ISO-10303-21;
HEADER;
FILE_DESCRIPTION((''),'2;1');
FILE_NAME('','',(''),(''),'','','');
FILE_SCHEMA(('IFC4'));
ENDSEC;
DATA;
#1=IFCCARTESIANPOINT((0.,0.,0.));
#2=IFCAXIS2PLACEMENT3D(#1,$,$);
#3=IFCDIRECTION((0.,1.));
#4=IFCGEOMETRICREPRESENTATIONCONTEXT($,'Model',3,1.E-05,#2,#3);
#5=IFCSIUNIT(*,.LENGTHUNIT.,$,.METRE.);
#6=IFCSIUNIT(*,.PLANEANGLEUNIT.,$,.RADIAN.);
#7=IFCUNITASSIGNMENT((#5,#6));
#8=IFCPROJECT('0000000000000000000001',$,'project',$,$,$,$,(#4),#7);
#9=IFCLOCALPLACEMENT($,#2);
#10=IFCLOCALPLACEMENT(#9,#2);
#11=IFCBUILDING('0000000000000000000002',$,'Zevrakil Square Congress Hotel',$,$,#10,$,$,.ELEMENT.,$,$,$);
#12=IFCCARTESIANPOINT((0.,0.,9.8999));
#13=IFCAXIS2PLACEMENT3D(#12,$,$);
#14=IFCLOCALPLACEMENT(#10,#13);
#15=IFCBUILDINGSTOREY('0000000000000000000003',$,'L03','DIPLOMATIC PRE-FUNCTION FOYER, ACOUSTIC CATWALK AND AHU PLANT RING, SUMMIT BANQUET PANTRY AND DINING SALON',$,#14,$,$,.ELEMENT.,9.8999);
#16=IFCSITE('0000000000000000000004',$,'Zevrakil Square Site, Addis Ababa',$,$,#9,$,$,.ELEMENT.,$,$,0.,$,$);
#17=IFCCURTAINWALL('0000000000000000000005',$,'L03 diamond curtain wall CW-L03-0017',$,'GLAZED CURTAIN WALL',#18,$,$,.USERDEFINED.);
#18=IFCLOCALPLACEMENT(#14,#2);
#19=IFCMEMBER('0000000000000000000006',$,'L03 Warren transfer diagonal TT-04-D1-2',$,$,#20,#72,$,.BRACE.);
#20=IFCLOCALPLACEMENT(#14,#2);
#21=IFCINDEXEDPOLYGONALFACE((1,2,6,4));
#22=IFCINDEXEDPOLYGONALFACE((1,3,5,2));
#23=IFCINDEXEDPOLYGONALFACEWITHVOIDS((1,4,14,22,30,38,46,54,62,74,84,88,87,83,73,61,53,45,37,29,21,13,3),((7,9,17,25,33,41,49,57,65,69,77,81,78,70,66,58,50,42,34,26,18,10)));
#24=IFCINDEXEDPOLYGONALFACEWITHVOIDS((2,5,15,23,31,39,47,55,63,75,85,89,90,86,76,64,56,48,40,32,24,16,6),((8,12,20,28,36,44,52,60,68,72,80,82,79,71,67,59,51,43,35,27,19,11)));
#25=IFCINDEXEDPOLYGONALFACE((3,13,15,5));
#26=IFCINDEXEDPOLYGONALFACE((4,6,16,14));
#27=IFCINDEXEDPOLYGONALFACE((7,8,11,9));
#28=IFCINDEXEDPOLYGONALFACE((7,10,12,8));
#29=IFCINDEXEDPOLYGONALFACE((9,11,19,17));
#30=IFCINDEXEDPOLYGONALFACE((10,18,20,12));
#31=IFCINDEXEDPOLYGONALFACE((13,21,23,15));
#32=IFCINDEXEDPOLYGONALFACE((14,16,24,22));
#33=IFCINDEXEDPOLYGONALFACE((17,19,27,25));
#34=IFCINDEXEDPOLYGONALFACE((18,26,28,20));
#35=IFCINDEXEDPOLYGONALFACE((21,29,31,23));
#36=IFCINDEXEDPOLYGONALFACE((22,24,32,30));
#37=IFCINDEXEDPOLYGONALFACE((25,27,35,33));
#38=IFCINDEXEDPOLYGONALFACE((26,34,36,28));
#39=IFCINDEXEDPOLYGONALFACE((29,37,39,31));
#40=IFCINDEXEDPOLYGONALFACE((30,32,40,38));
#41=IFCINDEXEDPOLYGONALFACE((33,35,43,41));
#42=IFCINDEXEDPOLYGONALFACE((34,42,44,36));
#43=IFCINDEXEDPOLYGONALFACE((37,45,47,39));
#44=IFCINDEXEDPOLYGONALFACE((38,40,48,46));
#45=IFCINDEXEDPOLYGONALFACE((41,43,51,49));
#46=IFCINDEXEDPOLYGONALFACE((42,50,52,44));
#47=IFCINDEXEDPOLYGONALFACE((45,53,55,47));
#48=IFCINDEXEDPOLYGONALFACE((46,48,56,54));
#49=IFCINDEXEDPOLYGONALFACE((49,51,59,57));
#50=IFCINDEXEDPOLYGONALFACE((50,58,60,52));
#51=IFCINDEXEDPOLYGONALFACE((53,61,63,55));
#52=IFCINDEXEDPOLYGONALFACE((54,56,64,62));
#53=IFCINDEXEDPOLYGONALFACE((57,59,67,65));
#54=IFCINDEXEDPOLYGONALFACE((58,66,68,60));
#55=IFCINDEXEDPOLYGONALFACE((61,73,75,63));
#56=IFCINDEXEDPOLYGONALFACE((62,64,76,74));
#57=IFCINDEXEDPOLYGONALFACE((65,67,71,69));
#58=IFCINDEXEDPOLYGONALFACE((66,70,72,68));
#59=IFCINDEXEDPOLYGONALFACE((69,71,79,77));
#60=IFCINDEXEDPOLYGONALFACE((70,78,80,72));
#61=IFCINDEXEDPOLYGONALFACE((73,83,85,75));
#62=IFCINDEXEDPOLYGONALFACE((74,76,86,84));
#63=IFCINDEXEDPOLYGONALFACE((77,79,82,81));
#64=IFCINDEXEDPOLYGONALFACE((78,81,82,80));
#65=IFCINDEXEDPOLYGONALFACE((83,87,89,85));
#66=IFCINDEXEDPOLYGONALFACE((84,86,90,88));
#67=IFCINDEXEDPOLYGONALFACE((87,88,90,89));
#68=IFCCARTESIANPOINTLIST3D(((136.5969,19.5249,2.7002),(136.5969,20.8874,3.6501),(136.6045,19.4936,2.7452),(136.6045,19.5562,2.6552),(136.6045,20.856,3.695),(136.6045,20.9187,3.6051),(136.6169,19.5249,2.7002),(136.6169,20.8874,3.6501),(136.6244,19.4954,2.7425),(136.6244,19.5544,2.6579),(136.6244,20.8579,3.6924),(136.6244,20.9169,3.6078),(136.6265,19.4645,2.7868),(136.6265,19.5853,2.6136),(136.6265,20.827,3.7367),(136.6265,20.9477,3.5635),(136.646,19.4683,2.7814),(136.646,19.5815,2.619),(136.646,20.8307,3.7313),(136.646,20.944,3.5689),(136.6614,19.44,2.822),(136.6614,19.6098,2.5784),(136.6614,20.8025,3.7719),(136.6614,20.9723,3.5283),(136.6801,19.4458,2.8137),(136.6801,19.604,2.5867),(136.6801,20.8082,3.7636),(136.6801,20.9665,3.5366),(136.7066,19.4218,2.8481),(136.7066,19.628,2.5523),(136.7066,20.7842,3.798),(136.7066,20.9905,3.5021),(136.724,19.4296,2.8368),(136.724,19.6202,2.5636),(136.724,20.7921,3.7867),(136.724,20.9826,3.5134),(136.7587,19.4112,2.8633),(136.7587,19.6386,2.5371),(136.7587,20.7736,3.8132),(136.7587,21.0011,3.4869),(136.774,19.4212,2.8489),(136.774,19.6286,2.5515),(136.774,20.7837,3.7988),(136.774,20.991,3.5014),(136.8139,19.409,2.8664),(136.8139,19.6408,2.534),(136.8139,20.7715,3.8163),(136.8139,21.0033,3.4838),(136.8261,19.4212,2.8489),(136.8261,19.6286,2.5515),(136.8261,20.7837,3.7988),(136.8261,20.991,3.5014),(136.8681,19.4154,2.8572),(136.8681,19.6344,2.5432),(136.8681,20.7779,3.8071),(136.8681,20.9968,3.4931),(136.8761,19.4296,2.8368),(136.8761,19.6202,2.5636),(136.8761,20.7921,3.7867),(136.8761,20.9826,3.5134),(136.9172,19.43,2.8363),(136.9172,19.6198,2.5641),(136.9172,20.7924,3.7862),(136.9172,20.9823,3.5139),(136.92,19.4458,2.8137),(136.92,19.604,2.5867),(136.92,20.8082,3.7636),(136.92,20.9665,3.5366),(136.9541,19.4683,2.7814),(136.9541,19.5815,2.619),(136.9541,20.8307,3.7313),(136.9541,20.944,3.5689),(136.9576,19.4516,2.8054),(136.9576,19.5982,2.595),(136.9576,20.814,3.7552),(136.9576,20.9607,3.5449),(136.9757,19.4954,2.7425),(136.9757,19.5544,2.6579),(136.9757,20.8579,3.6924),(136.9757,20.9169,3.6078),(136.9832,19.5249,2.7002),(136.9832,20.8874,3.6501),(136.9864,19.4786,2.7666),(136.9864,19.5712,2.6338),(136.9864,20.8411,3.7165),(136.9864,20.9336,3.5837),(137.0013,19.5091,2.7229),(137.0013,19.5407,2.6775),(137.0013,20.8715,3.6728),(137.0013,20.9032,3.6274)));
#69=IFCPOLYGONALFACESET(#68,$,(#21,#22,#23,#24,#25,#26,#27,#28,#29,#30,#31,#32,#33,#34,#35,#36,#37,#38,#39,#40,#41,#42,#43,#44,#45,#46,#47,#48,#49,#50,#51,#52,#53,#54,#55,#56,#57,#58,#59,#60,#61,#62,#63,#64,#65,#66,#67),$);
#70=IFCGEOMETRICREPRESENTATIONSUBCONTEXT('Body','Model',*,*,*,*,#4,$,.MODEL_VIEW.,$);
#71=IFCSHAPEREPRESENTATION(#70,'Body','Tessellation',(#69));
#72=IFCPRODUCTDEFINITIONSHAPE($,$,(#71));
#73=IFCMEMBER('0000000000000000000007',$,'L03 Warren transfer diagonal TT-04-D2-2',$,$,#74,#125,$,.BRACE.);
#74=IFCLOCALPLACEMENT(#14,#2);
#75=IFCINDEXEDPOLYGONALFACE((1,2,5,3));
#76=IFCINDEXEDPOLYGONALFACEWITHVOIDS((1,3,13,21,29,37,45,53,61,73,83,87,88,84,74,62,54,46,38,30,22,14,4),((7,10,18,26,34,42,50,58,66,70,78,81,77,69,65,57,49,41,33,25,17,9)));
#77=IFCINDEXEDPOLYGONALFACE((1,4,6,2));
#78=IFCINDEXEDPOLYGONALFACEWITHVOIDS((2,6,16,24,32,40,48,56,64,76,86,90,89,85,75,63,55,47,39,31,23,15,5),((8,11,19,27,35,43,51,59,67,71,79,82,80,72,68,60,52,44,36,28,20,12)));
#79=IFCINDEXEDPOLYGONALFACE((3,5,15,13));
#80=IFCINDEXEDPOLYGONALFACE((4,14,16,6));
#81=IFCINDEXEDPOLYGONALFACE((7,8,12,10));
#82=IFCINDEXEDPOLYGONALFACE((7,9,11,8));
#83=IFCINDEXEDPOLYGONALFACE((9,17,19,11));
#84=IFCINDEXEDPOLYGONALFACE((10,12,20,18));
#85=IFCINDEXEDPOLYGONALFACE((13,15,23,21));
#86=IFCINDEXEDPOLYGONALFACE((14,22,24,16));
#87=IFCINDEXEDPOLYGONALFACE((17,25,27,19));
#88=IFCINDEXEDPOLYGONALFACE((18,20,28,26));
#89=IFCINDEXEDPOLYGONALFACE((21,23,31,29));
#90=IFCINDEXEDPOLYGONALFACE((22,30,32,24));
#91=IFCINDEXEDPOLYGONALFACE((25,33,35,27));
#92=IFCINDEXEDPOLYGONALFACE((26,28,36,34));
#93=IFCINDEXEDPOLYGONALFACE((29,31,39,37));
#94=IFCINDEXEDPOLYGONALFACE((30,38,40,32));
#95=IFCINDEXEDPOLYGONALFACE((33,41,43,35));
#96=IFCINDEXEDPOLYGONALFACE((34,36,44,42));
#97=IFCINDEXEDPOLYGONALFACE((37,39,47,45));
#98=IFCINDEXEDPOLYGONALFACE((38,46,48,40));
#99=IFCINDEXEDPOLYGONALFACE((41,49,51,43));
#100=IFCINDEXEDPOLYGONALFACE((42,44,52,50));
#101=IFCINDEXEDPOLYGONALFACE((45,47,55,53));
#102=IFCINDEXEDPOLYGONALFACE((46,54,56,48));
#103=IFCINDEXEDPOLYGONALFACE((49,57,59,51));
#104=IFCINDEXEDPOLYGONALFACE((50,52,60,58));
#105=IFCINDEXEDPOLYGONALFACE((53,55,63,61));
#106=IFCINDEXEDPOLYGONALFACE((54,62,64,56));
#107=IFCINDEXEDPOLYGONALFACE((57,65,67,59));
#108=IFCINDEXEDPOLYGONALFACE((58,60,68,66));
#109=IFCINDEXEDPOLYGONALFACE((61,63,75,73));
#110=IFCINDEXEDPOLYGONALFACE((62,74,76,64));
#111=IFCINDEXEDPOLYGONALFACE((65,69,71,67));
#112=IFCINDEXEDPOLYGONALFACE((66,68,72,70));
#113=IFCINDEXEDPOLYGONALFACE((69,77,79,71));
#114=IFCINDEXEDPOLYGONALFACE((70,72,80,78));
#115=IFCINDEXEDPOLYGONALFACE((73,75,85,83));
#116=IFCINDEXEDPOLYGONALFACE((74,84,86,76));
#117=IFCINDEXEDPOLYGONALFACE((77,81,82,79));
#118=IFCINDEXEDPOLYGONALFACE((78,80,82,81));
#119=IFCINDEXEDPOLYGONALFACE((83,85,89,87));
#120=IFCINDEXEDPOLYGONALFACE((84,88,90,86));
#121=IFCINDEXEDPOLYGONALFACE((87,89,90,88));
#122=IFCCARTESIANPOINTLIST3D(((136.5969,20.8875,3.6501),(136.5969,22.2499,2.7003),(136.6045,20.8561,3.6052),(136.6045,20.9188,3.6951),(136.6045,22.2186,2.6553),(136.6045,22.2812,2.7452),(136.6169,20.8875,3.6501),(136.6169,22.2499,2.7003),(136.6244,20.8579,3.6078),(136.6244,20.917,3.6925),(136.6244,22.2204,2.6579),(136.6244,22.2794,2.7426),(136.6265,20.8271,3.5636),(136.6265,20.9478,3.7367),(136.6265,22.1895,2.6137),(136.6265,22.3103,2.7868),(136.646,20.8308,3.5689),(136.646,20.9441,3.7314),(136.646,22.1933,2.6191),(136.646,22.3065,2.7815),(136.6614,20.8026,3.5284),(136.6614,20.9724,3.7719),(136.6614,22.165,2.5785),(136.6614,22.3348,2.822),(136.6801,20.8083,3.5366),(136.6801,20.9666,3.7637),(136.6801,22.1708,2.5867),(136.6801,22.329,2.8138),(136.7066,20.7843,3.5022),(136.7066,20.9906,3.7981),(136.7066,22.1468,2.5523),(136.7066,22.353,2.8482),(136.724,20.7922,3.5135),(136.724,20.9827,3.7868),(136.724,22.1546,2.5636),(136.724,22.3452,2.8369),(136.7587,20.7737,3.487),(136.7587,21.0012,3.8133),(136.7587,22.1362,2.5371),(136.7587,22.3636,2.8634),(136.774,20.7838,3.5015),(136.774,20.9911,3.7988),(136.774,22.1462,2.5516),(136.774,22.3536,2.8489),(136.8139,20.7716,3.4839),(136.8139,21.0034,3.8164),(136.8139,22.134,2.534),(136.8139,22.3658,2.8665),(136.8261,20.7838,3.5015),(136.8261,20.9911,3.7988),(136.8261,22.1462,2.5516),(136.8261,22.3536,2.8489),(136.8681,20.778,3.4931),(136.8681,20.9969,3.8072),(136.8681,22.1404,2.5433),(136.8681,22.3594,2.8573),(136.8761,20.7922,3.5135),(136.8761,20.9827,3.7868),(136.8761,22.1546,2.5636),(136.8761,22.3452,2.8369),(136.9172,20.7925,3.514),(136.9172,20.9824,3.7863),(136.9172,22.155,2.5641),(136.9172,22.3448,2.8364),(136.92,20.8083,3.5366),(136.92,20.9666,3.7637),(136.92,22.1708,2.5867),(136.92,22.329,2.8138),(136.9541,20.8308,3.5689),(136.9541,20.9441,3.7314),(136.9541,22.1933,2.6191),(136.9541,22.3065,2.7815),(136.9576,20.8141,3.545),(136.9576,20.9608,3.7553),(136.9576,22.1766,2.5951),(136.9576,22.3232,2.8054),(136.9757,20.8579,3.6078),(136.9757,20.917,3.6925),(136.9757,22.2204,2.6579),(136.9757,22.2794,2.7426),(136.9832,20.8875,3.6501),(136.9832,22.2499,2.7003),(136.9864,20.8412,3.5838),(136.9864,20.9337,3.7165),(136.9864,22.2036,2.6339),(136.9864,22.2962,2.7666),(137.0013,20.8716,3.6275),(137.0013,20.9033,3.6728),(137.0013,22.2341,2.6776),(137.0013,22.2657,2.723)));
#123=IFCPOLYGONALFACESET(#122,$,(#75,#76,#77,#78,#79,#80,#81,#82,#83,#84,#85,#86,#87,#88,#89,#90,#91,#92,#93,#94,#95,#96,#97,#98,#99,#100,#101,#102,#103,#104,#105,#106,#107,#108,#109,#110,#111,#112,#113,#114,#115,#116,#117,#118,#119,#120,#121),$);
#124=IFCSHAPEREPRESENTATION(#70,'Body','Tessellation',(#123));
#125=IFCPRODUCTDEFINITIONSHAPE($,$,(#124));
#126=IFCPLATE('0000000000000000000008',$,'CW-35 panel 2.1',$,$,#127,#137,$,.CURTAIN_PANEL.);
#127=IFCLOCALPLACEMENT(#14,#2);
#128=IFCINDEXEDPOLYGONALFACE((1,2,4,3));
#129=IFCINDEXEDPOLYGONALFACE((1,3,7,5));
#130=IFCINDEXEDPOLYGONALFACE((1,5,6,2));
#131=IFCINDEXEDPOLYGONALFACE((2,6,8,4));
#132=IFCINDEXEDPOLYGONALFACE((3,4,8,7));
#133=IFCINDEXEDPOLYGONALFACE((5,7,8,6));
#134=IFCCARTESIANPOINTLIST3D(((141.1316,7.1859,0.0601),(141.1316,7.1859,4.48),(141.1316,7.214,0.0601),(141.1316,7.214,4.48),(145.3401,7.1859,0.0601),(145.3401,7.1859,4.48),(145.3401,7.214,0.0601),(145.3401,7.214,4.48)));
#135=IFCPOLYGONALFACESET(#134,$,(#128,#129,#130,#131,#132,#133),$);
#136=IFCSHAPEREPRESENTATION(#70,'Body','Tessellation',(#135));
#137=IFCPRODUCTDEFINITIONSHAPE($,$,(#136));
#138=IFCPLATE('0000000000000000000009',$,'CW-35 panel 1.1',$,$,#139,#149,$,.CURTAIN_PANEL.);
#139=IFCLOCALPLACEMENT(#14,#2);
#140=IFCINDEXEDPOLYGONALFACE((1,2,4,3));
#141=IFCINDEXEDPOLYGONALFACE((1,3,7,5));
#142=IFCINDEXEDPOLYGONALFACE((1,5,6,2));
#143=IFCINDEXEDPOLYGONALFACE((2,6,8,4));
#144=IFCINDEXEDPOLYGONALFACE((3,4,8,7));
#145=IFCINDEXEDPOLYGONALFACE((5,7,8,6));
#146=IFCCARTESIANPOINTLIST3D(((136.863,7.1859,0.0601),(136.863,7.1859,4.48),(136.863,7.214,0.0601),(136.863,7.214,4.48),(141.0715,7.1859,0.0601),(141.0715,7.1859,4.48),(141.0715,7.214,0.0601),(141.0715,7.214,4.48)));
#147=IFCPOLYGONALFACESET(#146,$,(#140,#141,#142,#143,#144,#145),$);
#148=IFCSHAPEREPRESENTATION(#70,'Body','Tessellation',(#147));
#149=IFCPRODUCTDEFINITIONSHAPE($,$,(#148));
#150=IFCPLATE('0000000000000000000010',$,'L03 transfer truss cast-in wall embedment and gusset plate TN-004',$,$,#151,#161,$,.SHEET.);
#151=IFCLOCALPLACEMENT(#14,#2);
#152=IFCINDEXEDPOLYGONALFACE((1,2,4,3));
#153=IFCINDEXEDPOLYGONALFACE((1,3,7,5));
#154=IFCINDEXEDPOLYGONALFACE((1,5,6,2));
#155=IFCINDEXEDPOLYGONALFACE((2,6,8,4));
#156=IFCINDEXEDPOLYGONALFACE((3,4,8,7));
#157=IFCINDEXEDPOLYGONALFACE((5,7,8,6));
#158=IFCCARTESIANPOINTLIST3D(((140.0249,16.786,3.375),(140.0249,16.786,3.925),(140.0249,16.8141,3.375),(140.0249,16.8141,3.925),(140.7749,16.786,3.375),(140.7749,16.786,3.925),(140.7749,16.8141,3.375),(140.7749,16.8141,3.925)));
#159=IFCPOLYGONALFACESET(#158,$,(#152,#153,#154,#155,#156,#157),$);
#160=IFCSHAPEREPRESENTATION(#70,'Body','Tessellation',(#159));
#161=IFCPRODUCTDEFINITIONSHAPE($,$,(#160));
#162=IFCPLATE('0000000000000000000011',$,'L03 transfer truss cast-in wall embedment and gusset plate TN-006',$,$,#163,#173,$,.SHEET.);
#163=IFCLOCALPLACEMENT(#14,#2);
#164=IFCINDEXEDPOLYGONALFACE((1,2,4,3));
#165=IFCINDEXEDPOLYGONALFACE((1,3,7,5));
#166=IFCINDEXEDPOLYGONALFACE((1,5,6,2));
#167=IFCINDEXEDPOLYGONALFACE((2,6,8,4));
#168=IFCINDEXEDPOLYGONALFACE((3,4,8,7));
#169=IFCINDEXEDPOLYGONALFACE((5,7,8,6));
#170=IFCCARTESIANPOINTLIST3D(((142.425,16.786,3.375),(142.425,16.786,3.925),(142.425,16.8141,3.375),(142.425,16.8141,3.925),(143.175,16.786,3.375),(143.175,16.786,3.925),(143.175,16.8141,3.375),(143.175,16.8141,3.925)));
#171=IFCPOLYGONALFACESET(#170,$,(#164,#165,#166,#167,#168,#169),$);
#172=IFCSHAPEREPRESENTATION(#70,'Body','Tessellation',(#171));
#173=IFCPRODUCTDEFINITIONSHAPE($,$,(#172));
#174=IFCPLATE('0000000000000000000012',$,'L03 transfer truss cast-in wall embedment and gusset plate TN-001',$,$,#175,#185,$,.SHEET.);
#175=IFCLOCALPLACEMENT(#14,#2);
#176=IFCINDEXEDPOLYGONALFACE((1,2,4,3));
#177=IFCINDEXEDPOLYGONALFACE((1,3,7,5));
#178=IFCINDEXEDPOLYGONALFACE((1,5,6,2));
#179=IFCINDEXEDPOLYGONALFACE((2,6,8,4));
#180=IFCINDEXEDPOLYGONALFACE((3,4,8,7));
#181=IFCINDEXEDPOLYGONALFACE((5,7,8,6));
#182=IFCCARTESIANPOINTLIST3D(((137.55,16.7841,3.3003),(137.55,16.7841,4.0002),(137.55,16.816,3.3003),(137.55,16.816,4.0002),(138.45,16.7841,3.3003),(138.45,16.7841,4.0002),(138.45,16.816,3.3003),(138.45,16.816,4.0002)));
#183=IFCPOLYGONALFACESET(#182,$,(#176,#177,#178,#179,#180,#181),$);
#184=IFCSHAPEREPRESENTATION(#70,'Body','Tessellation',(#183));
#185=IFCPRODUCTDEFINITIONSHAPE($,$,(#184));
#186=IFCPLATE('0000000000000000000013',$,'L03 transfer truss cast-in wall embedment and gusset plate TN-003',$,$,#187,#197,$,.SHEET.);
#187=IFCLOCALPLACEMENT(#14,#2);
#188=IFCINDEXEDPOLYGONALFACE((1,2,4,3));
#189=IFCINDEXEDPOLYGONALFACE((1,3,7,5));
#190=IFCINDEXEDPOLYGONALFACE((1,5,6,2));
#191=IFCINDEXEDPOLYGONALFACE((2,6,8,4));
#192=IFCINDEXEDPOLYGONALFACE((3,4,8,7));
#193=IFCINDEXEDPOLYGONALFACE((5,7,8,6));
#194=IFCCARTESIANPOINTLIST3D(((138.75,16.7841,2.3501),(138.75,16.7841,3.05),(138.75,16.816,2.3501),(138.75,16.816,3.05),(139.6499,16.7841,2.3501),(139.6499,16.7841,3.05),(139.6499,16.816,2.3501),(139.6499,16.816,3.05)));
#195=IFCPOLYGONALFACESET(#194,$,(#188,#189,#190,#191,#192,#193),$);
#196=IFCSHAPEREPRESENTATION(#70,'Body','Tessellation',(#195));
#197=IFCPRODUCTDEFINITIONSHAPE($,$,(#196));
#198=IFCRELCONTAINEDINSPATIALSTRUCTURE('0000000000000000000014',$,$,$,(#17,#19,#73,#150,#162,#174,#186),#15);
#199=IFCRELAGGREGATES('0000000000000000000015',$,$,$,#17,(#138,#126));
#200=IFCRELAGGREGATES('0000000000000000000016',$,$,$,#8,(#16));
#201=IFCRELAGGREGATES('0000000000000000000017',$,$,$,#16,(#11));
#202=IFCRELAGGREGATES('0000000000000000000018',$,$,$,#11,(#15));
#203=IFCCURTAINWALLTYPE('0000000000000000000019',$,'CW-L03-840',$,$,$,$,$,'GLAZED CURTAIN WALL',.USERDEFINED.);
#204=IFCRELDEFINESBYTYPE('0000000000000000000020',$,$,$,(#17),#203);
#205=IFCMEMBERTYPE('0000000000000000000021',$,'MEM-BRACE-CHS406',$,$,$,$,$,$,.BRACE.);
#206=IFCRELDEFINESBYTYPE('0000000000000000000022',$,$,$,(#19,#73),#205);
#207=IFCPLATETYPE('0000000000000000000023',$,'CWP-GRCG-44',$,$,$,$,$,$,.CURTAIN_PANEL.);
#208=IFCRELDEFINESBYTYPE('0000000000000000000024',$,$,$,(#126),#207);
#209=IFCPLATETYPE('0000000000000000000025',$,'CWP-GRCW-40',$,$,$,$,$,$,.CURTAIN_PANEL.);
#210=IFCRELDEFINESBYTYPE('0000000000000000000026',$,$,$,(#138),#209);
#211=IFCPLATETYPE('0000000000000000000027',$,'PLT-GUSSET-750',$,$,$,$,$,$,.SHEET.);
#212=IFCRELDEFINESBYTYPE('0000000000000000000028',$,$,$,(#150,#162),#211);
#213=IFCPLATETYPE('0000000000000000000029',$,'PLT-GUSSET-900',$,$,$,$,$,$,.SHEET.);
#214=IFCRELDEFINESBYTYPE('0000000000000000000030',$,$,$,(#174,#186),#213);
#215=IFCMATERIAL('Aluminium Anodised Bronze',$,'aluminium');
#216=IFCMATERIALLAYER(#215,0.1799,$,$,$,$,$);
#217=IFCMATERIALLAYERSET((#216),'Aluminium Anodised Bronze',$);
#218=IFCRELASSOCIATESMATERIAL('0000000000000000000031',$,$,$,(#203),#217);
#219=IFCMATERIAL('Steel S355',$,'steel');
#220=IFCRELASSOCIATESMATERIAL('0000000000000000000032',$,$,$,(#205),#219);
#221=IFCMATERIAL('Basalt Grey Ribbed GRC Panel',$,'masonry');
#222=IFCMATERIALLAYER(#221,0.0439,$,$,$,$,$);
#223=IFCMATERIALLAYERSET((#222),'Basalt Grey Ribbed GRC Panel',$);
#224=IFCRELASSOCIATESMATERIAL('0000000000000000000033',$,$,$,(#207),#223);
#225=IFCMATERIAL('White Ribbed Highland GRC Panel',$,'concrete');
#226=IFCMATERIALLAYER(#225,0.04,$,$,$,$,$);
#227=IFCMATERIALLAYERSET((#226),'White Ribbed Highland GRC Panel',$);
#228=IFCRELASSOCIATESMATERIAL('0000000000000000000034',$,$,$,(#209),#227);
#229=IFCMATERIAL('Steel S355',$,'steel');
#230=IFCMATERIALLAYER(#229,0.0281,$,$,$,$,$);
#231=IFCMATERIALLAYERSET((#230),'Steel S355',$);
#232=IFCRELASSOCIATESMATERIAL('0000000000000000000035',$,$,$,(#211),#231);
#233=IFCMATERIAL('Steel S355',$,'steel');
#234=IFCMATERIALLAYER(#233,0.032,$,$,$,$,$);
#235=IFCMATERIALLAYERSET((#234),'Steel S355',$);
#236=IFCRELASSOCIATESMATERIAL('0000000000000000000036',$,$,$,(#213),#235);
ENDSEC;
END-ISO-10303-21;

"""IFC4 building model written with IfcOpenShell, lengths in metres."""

from ifc_helpers import new_model, si_unit, direction, frame, origin, origin_2d, place, context, subcontext, project, spatial, rectangle, hollow_circle, extrude, material, layer, layer_set, material_profile, profile_set, type_object, element, aggregate, save


model = new_model("IFC4")

# Units and contexts
model_context = context("Model", 3, precision=1e-05, world=origin(), true_north=direction((0.0, 1.0)))
body_context = subcontext(model_context, "Body", "Model", "MODEL_VIEW")
ifc_project = project(units=[si_unit("LENGTHUNIT", "METRE"), si_unit("PLANEANGLEUNIT", "RADIAN")], contexts=[model_context])

# Site, building, storey
site_placement = place(None, origin())
site = spatial("IfcSite", under=ifc_project, at=site_placement, Name="Zevrakil Square Site, Addis Ababa", CompositionType="ELEMENT", RefElevation=0.0)
building_placement = place(site_placement, origin())
building = spatial("IfcBuilding", under=site, at=building_placement, Name="Zevrakil Square Congress Hotel", CompositionType="ELEMENT")
storey_placement = place(building_placement, frame((0.0, 0.0, 9.8999)))
storey = spatial("IfcBuildingStorey", under=building, at=storey_placement, Name="L03", Description="DIPLOMATIC PRE-FUNCTION FOYER, ACOUSTIC CATWALK AND AHU PLANT RING, SUMMIT BANQUET PANTRY AND DINING SALON", CompositionType="ELEMENT", Elevation=9.8999)

# Curtain wall
ifc_material_1 = material(Name="Aluminium Anodised Bronze", Category="aluminium")
ifc_layer_1 = layer(ifc_material_1, 0.1799)
ifc_layer_set_1 = layer_set([ifc_layer_1], Name="Aluminium Anodised Bronze")
curtain_wall_type = type_object("IfcCurtainWallType", Name="CW-L03-840", ElementType="GLAZED CURTAIN WALL", PredefinedType="USERDEFINED", material=ifc_layer_set_1)
curtain_wall_placement = place(storey_placement, origin())
curtain_wall = element("IfcCurtainWall", 1, at=curtain_wall_placement, inside=storey, type_object=curtain_wall_type, Name="L03 diamond curtain wall CW-L03-0017", ObjectType="GLAZED CURTAIN WALL", PredefinedType="USERDEFINED")

# Members
ifc_material_2 = material(Name="Steel S355", Category="steel")
ifc_material_profile_1 = material_profile(ifc_material_2, hollow_circle(Radius=0.2031, WallThickness=0.02, at=origin_2d()), Name="CHS 406.4x20")
ifc_profile_set_1 = profile_set([ifc_material_profile_1], Name="Steel S355")
member_type_1 = type_object("IfcMemberType", Name="MEM-BRACE-CHS406", PredefinedType="BRACE", material=ifc_profile_set_1)
for number, where, z_axis, x_axis, name in (
    (2, (136.8, 19.5249, 2.7002), (0.0, 0.820315, 0.571913), (-1.0, 0.0, 0.0), "L03 Warren transfer diagonal TT-04-D1-2"),
    (3, (136.8, 20.8875, 3.6501), (0.0, 0.820315, -0.571913), (-1.0, 0.0, 0.0), "L03 Warren transfer diagonal TT-04-D2-2"),
):
    element("IfcMember", number, at=place(storey_placement, frame(where, z_axis=z_axis, x_axis=x_axis)), inside=storey, type_object=member_type_1, Name=name, PredefinedType="BRACE", context=body_context, shape_type="SweptSolid", body=[
        extrude(hollow_circle(Radius=0.2031, WallThickness=0.02, at=origin_2d()), origin(), (0.0, 0.0, 1.0), 1.6609),
    ])

# Plates
ifc_material_3 = material(Name="Basalt Grey Ribbed GRC Panel", Category="masonry")
ifc_layer_2 = layer(ifc_material_3, 0.0439)
ifc_layer_set_2 = layer_set([ifc_layer_2], Name="Basalt Grey Ribbed GRC Panel")
plate_type_1 = type_object("IfcPlateType", Name="CWP-GRCG-44", PredefinedType="CURTAIN_PANEL", material=ifc_layer_set_2)
plate_1_placement = place(storey_placement, frame((143.2358, 7.2, 0.0601), z_axis=(0.0, 0.0, 1.0), x_axis=(1.0, 0.0, 0.0)))
plate_1 = element("IfcPlate", 4, at=plate_1_placement, type_object=plate_type_1, Name="CW-35 panel 2.1", PredefinedType="CURTAIN_PANEL", context=body_context, shape_type="SweptSolid", body=[
    extrude(rectangle(XDim=4.2085, YDim=0.0281, at=origin_2d()), origin(), (0.0, 0.0, 1.0), 4.4199),
])
ifc_material_4 = material(Name="White Ribbed Highland GRC Panel", Category="concrete")
ifc_layer_3 = layer(ifc_material_4, 0.04)
ifc_layer_set_3 = layer_set([ifc_layer_3], Name="White Ribbed Highland GRC Panel")
plate_type_2 = type_object("IfcPlateType", Name="CWP-GRCW-40", PredefinedType="CURTAIN_PANEL", material=ifc_layer_set_3)
plate_2_placement = place(storey_placement, frame((138.9673, 7.2, 0.0601), z_axis=(0.0, 0.0, 1.0), x_axis=(1.0, 0.0, 0.0)))
plate_2 = element("IfcPlate", 5, at=plate_2_placement, type_object=plate_type_2, Name="CW-35 panel 1.1", PredefinedType="CURTAIN_PANEL", context=body_context, shape_type="SweptSolid", body=[
    extrude(rectangle(XDim=4.2085, YDim=0.0281, at=origin_2d()), origin(), (0.0, 0.0, 1.0), 4.4199),
])
aggregate(curtain_wall, [plate_2, plate_1])

# Plates
ifc_material_5 = material(Name="Steel S355", Category="steel")
ifc_layer_4 = layer(ifc_material_5, 0.0281)
ifc_layer_set_4 = layer_set([ifc_layer_4], Name="Steel S355")
plate_type_3 = type_object("IfcPlateType", Name="PLT-GUSSET-750", PredefinedType="SHEET", material=ifc_layer_set_4)
for number, where, z_axis, x_axis, name in (
    (6, (140.3999, 16.8, 3.375), (0.0, 0.0, 1.0), (1.0, 0.0, 0.0), "L03 transfer truss cast-in wall embedment and gusset plate TN-004"),
    (7, (142.8, 16.8, 3.375), (0.0, 0.0, 1.0), (1.0, 0.0, 0.0), "L03 transfer truss cast-in wall embedment and gusset plate TN-006"),
):
    element("IfcPlate", number, at=place(storey_placement, frame(where, z_axis=z_axis, x_axis=x_axis)), inside=storey, type_object=plate_type_3, Name=name, PredefinedType="SHEET", context=body_context, shape_type="SweptSolid", body=[
        extrude(rectangle(XDim=0.75, YDim=0.0281, at=origin_2d()), origin(), (0.0, 0.0, 1.0), 0.55),
    ])
ifc_material_6 = material(Name="Steel S355", Category="steel")
ifc_layer_5 = layer(ifc_material_6, 0.032)
ifc_layer_set_5 = layer_set([ifc_layer_5], Name="Steel S355")
plate_type_4 = type_object("IfcPlateType", Name="PLT-GUSSET-900", PredefinedType="SHEET", material=ifc_layer_set_5)
for number, where, z_axis, x_axis, name in (
    (8, (138.0, 16.8, 3.3003), (0.0, 0.0, 1.0), (1.0, 0.0, 0.0), "L03 transfer truss cast-in wall embedment and gusset plate TN-001"),
    (9, (139.2, 16.8, 2.3501), (0.0, 0.0, 1.0), (1.0, 0.0, 0.0), "L03 transfer truss cast-in wall embedment and gusset plate TN-003"),
):
    element("IfcPlate", number, at=place(storey_placement, frame(where, z_axis=z_axis, x_axis=x_axis)), inside=storey, type_object=plate_type_4, Name=name, PredefinedType="SHEET", context=body_context, shape_type="SweptSolid", body=[
        extrude(rectangle(XDim=0.8999, YDim=0.032, at=origin_2d()), origin(), (0.0, 0.0, 1.0), 0.7),
    ])

save(model, "model.ifc")
